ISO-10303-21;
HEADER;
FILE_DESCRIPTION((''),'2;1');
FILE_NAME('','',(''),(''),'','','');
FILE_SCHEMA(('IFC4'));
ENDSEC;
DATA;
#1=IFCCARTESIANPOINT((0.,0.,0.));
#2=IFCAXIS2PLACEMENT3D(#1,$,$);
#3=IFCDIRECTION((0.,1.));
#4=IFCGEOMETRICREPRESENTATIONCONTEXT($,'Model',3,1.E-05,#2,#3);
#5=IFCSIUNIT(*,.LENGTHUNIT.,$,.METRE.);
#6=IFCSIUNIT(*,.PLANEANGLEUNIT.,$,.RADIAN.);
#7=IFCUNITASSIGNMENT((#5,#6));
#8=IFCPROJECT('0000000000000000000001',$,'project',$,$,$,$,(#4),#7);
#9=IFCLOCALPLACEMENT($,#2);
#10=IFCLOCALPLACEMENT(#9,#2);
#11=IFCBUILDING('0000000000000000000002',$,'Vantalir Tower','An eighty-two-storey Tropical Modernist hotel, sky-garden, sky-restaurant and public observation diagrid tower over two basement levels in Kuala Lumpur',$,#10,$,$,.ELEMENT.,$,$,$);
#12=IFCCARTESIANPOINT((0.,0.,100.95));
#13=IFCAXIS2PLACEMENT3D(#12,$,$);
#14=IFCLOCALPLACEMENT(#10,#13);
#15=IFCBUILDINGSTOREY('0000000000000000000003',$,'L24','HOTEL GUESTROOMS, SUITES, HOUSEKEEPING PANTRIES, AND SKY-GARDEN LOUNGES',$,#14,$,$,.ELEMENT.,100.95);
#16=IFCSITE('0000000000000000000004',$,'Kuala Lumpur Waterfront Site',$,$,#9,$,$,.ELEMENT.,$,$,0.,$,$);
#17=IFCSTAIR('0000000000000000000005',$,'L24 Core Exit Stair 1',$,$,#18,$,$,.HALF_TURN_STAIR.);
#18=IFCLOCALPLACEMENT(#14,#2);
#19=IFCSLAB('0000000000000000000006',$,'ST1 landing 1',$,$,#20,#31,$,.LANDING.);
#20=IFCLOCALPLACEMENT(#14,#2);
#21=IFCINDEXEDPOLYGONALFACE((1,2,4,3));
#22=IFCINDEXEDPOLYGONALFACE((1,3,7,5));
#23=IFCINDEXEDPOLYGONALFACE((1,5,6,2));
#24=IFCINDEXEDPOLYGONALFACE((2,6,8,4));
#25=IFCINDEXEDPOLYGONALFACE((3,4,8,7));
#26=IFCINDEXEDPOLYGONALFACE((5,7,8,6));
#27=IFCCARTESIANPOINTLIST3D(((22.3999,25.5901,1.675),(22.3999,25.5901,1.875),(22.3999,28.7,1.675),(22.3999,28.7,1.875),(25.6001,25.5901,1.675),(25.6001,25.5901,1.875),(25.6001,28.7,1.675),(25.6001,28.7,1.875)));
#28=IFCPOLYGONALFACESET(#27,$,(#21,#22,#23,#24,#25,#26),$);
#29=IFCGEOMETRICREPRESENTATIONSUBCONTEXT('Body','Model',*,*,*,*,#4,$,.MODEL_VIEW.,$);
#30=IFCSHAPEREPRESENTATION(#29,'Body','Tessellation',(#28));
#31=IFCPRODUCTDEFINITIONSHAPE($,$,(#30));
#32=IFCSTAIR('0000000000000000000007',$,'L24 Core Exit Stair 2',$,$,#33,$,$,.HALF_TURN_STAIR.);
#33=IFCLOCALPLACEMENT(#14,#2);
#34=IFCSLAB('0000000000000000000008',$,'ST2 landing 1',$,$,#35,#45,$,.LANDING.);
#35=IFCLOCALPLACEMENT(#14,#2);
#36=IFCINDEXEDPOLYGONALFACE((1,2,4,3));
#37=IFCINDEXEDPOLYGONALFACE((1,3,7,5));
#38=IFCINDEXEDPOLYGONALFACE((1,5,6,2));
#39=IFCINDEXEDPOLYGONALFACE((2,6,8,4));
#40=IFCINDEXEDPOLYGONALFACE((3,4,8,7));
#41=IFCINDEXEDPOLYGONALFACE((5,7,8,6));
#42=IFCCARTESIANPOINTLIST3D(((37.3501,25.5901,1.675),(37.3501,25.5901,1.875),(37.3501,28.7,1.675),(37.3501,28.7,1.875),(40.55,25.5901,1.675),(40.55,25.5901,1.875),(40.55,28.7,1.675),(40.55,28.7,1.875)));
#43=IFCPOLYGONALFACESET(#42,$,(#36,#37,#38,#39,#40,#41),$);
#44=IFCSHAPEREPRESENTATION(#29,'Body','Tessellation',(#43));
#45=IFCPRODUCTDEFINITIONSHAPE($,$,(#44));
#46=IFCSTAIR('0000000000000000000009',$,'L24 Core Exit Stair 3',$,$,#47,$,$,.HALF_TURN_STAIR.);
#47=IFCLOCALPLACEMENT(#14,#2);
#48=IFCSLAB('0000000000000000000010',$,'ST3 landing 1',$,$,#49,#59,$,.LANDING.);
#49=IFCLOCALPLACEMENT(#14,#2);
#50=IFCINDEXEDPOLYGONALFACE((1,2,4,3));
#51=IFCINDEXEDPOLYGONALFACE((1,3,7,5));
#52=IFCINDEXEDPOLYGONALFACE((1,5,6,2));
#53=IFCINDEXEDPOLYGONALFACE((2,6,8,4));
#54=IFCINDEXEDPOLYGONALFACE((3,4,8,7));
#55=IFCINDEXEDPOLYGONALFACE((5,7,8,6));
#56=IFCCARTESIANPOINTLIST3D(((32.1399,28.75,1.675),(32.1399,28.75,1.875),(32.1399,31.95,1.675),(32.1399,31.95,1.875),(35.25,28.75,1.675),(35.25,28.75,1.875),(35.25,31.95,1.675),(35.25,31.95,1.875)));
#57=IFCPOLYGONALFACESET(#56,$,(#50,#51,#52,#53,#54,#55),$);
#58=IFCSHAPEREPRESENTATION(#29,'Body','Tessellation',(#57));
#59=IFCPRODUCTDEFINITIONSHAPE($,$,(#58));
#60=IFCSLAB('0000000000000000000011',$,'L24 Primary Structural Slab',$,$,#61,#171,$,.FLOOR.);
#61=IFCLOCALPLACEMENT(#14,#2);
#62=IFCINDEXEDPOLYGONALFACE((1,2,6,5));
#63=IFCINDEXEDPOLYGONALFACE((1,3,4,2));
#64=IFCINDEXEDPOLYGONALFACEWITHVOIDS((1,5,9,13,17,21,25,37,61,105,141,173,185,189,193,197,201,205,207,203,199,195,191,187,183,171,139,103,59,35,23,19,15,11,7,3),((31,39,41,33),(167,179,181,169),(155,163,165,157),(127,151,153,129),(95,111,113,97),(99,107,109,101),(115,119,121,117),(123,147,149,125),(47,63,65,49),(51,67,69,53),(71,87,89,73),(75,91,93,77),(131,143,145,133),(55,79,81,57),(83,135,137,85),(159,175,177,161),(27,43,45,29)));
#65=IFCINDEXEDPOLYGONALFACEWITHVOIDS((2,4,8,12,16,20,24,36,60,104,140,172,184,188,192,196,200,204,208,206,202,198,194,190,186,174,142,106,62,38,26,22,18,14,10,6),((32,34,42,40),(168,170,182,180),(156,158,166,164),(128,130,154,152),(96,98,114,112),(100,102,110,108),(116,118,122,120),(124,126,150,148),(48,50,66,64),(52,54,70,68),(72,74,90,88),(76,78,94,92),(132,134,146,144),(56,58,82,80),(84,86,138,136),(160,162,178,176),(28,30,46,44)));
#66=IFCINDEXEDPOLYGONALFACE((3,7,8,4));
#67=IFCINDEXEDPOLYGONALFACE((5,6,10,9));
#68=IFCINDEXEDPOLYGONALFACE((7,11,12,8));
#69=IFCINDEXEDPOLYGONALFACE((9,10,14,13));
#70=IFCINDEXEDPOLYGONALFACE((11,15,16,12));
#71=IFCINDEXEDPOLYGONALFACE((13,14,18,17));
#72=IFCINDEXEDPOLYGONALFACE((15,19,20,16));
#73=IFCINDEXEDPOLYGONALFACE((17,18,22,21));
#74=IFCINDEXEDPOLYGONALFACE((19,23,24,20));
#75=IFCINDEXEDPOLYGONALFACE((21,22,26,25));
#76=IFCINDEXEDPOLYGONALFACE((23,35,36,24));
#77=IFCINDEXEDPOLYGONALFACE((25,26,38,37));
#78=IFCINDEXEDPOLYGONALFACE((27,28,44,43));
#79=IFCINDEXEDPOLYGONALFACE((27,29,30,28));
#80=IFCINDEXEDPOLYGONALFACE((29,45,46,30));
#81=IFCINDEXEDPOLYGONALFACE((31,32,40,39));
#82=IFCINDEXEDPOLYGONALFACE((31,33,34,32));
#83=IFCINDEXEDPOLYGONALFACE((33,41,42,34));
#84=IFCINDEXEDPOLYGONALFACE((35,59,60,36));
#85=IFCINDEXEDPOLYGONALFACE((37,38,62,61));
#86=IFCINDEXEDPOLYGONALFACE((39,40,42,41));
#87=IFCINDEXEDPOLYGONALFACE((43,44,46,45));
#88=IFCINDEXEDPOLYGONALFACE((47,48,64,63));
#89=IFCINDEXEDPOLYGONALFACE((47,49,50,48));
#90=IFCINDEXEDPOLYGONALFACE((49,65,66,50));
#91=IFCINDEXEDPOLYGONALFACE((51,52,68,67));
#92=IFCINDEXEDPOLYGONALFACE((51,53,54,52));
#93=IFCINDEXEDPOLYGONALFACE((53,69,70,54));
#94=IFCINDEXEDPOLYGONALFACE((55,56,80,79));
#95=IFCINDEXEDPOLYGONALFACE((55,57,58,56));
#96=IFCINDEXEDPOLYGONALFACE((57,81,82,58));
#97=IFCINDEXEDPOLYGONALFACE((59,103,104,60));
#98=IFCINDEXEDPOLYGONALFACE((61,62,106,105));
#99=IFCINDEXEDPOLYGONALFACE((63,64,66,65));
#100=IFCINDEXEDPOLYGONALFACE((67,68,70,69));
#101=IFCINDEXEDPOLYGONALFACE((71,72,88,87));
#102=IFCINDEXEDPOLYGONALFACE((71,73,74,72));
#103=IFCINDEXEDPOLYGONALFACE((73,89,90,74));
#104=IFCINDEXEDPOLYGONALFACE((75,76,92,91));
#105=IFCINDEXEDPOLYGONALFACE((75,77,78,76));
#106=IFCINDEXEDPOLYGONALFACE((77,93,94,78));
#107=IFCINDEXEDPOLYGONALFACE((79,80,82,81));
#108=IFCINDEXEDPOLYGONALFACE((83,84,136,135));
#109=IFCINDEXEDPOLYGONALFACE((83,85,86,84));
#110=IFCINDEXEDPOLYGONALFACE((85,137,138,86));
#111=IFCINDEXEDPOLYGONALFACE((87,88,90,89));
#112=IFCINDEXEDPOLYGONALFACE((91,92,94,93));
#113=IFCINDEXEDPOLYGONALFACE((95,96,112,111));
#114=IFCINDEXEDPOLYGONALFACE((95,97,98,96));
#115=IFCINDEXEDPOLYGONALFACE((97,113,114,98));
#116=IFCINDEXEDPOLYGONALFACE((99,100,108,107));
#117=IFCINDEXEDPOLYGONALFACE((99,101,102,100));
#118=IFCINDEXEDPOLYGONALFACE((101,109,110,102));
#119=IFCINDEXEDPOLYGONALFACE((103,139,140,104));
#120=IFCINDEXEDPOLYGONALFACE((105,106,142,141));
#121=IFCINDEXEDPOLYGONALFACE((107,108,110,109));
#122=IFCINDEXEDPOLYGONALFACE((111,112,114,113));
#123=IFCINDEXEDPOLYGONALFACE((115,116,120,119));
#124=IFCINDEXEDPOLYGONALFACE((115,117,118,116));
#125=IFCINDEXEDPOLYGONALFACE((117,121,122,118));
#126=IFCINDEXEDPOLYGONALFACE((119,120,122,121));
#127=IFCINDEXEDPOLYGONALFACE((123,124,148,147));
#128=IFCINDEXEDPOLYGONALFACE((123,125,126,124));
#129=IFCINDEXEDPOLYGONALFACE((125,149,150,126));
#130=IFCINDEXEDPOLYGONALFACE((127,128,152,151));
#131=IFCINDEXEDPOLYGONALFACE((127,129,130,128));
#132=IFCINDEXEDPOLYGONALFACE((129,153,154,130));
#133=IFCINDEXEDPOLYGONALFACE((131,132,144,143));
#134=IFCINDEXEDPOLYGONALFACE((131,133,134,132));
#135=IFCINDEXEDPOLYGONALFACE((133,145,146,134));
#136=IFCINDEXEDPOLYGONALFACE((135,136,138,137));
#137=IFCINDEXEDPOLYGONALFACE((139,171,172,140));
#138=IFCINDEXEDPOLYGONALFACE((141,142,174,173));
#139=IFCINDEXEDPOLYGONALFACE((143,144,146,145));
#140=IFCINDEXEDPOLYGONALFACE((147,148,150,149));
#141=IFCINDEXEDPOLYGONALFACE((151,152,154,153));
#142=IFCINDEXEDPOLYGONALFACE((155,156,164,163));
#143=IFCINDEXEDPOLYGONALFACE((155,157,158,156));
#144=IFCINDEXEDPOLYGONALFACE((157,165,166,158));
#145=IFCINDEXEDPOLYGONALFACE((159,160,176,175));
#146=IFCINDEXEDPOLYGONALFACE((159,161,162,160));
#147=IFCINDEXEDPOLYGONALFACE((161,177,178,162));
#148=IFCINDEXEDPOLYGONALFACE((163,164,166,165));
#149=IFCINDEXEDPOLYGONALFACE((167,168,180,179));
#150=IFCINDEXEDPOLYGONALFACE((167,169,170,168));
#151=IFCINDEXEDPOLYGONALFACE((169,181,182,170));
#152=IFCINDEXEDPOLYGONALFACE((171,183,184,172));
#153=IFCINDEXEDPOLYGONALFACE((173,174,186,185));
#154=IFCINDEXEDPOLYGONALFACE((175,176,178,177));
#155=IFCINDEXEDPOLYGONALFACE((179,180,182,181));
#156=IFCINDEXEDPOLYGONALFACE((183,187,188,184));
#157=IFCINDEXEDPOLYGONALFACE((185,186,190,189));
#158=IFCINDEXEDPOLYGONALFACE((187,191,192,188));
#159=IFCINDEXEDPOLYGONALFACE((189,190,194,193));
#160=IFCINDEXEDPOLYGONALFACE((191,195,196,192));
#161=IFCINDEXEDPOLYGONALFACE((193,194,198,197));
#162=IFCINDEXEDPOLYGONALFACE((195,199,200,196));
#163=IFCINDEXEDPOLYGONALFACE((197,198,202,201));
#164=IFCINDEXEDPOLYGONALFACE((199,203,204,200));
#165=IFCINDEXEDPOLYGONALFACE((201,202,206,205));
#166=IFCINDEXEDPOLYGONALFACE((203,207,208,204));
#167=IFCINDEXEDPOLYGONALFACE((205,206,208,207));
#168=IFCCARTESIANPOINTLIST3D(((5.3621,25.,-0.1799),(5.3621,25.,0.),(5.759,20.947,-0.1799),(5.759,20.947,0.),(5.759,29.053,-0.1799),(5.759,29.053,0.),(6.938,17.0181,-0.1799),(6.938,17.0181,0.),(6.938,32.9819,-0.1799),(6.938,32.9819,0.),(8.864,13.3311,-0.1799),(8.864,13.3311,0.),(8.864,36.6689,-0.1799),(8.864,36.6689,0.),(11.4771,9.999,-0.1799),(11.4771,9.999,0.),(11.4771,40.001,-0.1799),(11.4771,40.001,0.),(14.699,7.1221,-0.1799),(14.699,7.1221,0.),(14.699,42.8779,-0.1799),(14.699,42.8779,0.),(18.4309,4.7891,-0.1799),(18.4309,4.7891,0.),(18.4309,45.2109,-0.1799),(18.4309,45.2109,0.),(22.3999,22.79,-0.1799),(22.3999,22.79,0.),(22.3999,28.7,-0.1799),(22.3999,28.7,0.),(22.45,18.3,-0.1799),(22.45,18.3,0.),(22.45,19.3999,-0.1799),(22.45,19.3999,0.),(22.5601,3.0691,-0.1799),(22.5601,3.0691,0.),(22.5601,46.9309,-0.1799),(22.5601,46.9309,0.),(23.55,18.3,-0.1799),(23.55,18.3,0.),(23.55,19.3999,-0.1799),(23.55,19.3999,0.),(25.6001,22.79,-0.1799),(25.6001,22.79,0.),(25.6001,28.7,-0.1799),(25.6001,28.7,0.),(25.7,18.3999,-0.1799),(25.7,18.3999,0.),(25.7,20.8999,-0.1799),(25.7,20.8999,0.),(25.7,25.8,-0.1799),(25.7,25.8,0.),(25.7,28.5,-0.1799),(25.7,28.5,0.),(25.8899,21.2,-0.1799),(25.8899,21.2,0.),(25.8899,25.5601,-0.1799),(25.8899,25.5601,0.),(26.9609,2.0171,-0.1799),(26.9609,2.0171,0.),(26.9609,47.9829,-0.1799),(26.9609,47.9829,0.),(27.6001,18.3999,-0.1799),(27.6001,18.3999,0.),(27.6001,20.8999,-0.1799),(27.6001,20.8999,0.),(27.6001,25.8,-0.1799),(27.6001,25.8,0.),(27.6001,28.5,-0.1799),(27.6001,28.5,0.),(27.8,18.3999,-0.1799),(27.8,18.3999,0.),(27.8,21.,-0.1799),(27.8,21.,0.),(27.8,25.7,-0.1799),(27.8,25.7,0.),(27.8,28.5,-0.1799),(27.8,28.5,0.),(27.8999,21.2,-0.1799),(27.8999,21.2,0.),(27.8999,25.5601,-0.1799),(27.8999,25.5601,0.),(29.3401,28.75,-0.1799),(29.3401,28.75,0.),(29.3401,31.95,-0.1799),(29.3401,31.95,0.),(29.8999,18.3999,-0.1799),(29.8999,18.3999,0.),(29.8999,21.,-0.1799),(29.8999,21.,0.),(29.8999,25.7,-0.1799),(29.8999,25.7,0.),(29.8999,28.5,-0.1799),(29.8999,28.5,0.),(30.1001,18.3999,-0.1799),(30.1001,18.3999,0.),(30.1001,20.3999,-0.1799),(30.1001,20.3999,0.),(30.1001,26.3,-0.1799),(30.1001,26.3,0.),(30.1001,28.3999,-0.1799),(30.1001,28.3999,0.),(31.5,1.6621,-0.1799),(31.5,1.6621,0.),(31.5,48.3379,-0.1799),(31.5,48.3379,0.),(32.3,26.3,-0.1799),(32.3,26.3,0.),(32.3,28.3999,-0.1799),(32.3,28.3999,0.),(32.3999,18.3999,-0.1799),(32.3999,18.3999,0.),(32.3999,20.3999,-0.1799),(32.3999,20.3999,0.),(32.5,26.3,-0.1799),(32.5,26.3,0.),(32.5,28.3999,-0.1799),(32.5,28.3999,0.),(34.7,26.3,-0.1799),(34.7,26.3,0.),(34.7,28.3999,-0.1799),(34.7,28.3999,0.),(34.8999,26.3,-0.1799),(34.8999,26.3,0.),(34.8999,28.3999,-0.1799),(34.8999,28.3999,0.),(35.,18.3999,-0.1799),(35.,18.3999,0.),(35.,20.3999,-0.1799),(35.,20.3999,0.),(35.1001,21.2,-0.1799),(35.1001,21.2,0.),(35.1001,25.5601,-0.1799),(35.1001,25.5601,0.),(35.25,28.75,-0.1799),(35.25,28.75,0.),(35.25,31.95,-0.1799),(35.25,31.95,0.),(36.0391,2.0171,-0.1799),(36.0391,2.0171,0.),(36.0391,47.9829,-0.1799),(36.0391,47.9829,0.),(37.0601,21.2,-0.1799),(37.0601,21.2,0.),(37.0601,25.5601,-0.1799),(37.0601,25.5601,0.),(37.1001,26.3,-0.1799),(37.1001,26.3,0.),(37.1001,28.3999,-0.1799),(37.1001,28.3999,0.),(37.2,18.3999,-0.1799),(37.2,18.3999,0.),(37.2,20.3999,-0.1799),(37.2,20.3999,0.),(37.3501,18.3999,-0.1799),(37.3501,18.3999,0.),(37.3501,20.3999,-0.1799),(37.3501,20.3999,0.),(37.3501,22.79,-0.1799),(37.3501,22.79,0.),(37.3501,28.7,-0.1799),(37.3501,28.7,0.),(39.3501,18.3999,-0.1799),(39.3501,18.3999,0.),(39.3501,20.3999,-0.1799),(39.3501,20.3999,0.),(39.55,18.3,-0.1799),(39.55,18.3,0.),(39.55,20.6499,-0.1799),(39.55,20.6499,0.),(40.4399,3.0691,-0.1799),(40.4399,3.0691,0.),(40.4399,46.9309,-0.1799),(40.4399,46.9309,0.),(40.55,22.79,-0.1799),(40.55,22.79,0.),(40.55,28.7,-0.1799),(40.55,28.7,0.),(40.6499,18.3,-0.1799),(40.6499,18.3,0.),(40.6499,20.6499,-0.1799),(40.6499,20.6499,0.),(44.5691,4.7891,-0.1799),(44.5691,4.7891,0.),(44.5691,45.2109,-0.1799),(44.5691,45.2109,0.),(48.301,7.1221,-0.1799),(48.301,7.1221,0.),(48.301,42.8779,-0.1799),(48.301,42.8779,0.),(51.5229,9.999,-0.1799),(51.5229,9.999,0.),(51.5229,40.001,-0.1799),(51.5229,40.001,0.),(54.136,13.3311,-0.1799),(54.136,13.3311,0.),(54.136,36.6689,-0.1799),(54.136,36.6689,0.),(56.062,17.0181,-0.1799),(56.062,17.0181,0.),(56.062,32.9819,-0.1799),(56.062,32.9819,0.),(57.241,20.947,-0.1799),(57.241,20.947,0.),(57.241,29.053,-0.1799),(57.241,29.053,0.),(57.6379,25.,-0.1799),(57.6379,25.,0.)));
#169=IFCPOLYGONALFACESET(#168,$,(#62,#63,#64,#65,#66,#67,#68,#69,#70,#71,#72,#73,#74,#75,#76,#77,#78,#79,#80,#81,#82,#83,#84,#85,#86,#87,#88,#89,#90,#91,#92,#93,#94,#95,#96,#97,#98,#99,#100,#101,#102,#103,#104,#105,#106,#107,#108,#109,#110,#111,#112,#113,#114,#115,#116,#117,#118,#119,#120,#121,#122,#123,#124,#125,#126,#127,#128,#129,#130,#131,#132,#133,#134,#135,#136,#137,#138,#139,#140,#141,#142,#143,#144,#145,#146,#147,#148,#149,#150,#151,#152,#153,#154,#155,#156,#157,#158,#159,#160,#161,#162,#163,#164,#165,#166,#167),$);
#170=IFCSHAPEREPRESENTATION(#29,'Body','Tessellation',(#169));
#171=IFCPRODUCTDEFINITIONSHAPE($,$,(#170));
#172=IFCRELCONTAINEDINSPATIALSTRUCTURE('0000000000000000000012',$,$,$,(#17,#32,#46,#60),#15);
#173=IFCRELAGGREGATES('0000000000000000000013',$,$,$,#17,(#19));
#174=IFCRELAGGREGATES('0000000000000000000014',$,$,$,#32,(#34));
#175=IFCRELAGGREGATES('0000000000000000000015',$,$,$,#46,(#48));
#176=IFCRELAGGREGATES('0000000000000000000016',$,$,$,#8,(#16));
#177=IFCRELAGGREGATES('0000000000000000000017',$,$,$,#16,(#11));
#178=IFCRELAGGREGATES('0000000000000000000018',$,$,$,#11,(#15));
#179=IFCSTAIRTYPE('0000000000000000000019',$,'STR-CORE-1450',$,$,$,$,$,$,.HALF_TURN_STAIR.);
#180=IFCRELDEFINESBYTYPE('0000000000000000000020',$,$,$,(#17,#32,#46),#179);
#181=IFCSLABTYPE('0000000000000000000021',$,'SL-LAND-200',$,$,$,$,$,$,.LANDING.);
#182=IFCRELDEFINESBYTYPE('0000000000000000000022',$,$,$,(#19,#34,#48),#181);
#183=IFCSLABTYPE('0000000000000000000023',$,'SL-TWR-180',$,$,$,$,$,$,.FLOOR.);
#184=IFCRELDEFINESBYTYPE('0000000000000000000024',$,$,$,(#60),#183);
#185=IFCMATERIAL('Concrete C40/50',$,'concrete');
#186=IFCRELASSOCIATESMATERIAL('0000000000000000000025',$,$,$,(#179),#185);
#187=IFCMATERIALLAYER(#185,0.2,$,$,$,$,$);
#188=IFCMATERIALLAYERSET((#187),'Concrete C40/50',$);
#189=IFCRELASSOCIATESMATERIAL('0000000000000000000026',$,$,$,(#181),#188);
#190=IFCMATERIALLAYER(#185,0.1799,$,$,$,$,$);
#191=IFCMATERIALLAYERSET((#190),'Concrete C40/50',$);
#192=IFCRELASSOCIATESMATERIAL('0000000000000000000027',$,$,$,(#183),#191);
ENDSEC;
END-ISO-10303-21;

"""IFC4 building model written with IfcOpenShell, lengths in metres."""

from ifc_helpers import new_model, si_unit, direction, frame, origin, place, context, subcontext, project, spatial, polyline, outline, extrude, material, layer, layer_set, type_object, element, aggregate, save


model = new_model("IFC4")

# Units and contexts
model_context = context("Model", 3, precision=1e-05, world=origin(), true_north=direction((0.0, 1.0)))
body_context = subcontext(model_context, "Body", "Model", "MODEL_VIEW")
ifc_project = project(units=[si_unit("LENGTHUNIT", "METRE"), si_unit("PLANEANGLEUNIT", "RADIAN")], contexts=[model_context])

# Site, building, storey
site_placement = place(None, origin())
site = spatial("IfcSite", under=ifc_project, at=site_placement, Name="Kuala Lumpur Waterfront Site", CompositionType="ELEMENT", RefElevation=0.0)
building_placement = place(site_placement, origin())
building = spatial("IfcBuilding", under=site, at=building_placement, Name="Vantalir Tower", Description="An eighty-two-storey Tropical Modernist hotel, sky-garden, sky-restaurant and public observation diagrid tower over two basement levels in Kuala Lumpur", CompositionType="ELEMENT")
storey_placement = place(building_placement, frame((0.0, 0.0, 100.95)))
storey = spatial("IfcBuildingStorey", under=building, at=storey_placement, Name="L24", Description="HOTEL GUESTROOMS, SUITES, HOUSEKEEPING PANTRIES, AND SKY-GARDEN LOUNGES", CompositionType="ELEMENT", Elevation=100.95)

# Stairs, slabs
ifc_material_1 = material(Name="Concrete C40/50", Category="concrete")
stair_type = type_object("IfcStairType", Name="STR-CORE-1450", PredefinedType="HALF_TURN_STAIR", material=ifc_material_1)
stair_1_placement = place(storey_placement, origin())
stair_1 = element("IfcStair", 1, at=stair_1_placement, inside=storey, type_object=stair_type, Name="L24 Core Exit Stair 1", PredefinedType="HALF_TURN_STAIR")
ifc_layer_1 = layer(ifc_material_1, 0.2)
ifc_layer_set_1 = layer_set([ifc_layer_1], Name="Concrete C40/50")
slab_type_1 = type_object("IfcSlabType", Name="SL-LAND-200", PredefinedType="LANDING", material=ifc_layer_set_1)
slab_1_placement = place(storey_placement, frame((0.0, 0.0, 1.675)))
slab_1 = element("IfcSlab", 2, at=slab_1_placement, type_object=slab_type_1, Name="ST1 landing 1", PredefinedType="LANDING", context=body_context, shape_type="SweptSolid", body=[
    extrude(outline(polyline([(25.6001, 25.5901), (25.6001, 28.7), (22.3999, 28.7), (22.3999, 25.5901), (25.6001, 25.5901)])), origin(), (0.0, 0.0, 1.0), 0.2),
])
aggregate(stair_1, [slab_1])
stair_2_placement = place(storey_placement, origin())
stair_2 = element("IfcStair", 3, at=stair_2_placement, inside=storey, type_object=stair_type, Name="L24 Core Exit Stair 2", PredefinedType="HALF_TURN_STAIR")
slab_2_placement = place(storey_placement, frame((0.0, 0.0, 1.675)))
slab_2 = element("IfcSlab", 4, at=slab_2_placement, type_object=slab_type_1, Name="ST2 landing 1", PredefinedType="LANDING", context=body_context, shape_type="SweptSolid", body=[
    extrude(outline(polyline([(40.55, 25.5901), (40.55, 28.7), (37.3501, 28.7), (37.3501, 25.5901), (40.55, 25.5901)])), origin(), (0.0, 0.0, 1.0), 0.2),
])
aggregate(stair_2, [slab_2])
stair_3_placement = place(storey_placement, origin())
stair_3 = element("IfcStair", 5, at=stair_3_placement, inside=storey, type_object=stair_type, Name="L24 Core Exit Stair 3", PredefinedType="HALF_TURN_STAIR")
slab_3_placement = place(storey_placement, frame((0.0, 0.0, 1.675)))
slab_3 = element("IfcSlab", 6, at=slab_3_placement, type_object=slab_type_1, Name="ST3 landing 1", PredefinedType="LANDING", context=body_context, shape_type="SweptSolid", body=[
    extrude(outline(polyline([(32.1399, 28.75), (35.25, 28.75), (35.25, 31.95), (32.1399, 31.95), (32.1399, 28.75)])), origin(), (0.0, 0.0, 1.0), 0.2),
])
aggregate(stair_3, [slab_3])

# Slab
ifc_layer_2 = layer(ifc_material_1, 0.1799)
ifc_layer_set_2 = layer_set([ifc_layer_2], Name="Concrete C40/50")
slab_type_2 = type_object("IfcSlabType", Name="SL-TWR-180", PredefinedType="FLOOR", material=ifc_layer_set_2)
slab_4_placement = place(storey_placement, frame((0.0, 0.0, -0.1799)))
element("IfcSlab", 7, at=slab_4_placement, inside=storey, type_object=slab_type_2, Name="L24 Primary Structural Slab", PredefinedType="FLOOR", context=body_context, shape_type="SweptSolid", body=[
    extrude(outline(polyline([(6.938, 17.0181), (8.864, 13.3311), (11.4771, 9.999), (14.699, 7.1221), (18.4309, 4.7891), (22.5601, 3.0691), (26.9609, 2.0171), (31.5, 1.6621), (36.0391, 2.0171), (40.4399, 3.0691), (44.5691, 4.7891), (48.301, 7.1221), (51.5229, 9.999), (54.136, 13.3311), (56.062, 17.0181), (57.241, 20.947), (57.6379, 25.0), (57.241, 29.053), (56.062, 32.9819), (54.136, 36.6689), (51.5229, 40.001), (48.301, 42.8779), (44.5691, 45.2109), (40.4399, 46.9309), (36.0391, 47.9829), (31.5, 48.3379), (26.9609, 47.9829), (22.5601, 46.9309), (18.4309, 45.2109), (14.699, 42.8779), (11.4771, 40.001), (8.864, 36.6689), (6.938, 32.9819), (5.759, 29.053), (5.3621, 25.0), (5.759, 20.947), (6.938, 17.0181)]), holes=[polyline([(25.6001, 22.79), (22.3999, 22.79), (22.3999, 28.7), (25.6001, 28.7), (25.6001, 22.79)]), polyline([(37.3501, 22.79), (37.3501, 28.7), (40.55, 28.7), (40.55, 22.79), (37.3501, 22.79)]), polyline([(35.25, 31.95), (35.25, 28.75), (29.3401, 28.75), (29.3401, 31.95), (35.25, 31.95)]), polyline([(27.6001, 20.8999), (27.6001, 18.3999), (25.7, 18.3999), (25.7, 20.8999), (27.6001, 20.8999)]), polyline([(27.6001, 25.8), (25.7, 25.8), (25.7, 28.5), (27.6001, 28.5), (27.6001, 25.8)]), polyline([(27.8, 18.3999), (27.8, 21.0), (29.8999, 21.0), (29.8999, 18.3999), (27.8, 18.3999)]), polyline([(27.8, 28.5), (29.8999, 28.5), (29.8999, 25.7), (27.8, 25.7), (27.8, 28.5)]), polyline([(32.3999, 20.3999), (32.3999, 18.3999), (30.1001, 18.3999), (30.1001, 20.3999), (32.3999, 20.3999)]), polyline([(39.3501, 18.3999), (37.3501, 18.3999), (37.3501, 20.3999), (39.3501, 20.3999), (39.3501, 18.3999)]), polyline([(35.0, 18.3999), (35.0, 20.3999), (37.2, 20.3999), (37.2, 18.3999), (35.0, 18.3999)]), polyline([(30.1001, 28.3999), (32.3, 28.3999), (32.3, 26.3), (30.1001, 26.3), (30.1001, 28.3999)]), polyline([(34.7, 28.3999), (34.7, 26.3), (32.5, 26.3), (32.5, 28.3999), (34.7, 28.3999)]), polyline([(37.1001, 26.3), (34.8999, 26.3), (34.8999, 28.3999), (37.1001, 28.3999), (37.1001, 26.3)]), polyline([(25.8899, 21.2), (25.8899, 25.5601), (27.8999, 25.5601), (27.8999, 21.2), (25.8899, 21.2)]), polyline([(35.1001, 25.5601), (37.0601, 25.5601), (37.0601, 21.2), (35.1001, 21.2), (35.1001, 25.5601)]), polyline([(23.55, 19.3999), (23.55, 18.3), (22.45, 18.3), (22.45, 19.3999), (23.55, 19.3999)]), polyline([(40.6499, 18.3), (39.55, 18.3), (39.55, 20.6499), (40.6499, 20.6499), (40.6499, 18.3)])]), origin(), (0.0, 0.0, 1.0), 0.1799),
])

save(model, "model.ifc")
